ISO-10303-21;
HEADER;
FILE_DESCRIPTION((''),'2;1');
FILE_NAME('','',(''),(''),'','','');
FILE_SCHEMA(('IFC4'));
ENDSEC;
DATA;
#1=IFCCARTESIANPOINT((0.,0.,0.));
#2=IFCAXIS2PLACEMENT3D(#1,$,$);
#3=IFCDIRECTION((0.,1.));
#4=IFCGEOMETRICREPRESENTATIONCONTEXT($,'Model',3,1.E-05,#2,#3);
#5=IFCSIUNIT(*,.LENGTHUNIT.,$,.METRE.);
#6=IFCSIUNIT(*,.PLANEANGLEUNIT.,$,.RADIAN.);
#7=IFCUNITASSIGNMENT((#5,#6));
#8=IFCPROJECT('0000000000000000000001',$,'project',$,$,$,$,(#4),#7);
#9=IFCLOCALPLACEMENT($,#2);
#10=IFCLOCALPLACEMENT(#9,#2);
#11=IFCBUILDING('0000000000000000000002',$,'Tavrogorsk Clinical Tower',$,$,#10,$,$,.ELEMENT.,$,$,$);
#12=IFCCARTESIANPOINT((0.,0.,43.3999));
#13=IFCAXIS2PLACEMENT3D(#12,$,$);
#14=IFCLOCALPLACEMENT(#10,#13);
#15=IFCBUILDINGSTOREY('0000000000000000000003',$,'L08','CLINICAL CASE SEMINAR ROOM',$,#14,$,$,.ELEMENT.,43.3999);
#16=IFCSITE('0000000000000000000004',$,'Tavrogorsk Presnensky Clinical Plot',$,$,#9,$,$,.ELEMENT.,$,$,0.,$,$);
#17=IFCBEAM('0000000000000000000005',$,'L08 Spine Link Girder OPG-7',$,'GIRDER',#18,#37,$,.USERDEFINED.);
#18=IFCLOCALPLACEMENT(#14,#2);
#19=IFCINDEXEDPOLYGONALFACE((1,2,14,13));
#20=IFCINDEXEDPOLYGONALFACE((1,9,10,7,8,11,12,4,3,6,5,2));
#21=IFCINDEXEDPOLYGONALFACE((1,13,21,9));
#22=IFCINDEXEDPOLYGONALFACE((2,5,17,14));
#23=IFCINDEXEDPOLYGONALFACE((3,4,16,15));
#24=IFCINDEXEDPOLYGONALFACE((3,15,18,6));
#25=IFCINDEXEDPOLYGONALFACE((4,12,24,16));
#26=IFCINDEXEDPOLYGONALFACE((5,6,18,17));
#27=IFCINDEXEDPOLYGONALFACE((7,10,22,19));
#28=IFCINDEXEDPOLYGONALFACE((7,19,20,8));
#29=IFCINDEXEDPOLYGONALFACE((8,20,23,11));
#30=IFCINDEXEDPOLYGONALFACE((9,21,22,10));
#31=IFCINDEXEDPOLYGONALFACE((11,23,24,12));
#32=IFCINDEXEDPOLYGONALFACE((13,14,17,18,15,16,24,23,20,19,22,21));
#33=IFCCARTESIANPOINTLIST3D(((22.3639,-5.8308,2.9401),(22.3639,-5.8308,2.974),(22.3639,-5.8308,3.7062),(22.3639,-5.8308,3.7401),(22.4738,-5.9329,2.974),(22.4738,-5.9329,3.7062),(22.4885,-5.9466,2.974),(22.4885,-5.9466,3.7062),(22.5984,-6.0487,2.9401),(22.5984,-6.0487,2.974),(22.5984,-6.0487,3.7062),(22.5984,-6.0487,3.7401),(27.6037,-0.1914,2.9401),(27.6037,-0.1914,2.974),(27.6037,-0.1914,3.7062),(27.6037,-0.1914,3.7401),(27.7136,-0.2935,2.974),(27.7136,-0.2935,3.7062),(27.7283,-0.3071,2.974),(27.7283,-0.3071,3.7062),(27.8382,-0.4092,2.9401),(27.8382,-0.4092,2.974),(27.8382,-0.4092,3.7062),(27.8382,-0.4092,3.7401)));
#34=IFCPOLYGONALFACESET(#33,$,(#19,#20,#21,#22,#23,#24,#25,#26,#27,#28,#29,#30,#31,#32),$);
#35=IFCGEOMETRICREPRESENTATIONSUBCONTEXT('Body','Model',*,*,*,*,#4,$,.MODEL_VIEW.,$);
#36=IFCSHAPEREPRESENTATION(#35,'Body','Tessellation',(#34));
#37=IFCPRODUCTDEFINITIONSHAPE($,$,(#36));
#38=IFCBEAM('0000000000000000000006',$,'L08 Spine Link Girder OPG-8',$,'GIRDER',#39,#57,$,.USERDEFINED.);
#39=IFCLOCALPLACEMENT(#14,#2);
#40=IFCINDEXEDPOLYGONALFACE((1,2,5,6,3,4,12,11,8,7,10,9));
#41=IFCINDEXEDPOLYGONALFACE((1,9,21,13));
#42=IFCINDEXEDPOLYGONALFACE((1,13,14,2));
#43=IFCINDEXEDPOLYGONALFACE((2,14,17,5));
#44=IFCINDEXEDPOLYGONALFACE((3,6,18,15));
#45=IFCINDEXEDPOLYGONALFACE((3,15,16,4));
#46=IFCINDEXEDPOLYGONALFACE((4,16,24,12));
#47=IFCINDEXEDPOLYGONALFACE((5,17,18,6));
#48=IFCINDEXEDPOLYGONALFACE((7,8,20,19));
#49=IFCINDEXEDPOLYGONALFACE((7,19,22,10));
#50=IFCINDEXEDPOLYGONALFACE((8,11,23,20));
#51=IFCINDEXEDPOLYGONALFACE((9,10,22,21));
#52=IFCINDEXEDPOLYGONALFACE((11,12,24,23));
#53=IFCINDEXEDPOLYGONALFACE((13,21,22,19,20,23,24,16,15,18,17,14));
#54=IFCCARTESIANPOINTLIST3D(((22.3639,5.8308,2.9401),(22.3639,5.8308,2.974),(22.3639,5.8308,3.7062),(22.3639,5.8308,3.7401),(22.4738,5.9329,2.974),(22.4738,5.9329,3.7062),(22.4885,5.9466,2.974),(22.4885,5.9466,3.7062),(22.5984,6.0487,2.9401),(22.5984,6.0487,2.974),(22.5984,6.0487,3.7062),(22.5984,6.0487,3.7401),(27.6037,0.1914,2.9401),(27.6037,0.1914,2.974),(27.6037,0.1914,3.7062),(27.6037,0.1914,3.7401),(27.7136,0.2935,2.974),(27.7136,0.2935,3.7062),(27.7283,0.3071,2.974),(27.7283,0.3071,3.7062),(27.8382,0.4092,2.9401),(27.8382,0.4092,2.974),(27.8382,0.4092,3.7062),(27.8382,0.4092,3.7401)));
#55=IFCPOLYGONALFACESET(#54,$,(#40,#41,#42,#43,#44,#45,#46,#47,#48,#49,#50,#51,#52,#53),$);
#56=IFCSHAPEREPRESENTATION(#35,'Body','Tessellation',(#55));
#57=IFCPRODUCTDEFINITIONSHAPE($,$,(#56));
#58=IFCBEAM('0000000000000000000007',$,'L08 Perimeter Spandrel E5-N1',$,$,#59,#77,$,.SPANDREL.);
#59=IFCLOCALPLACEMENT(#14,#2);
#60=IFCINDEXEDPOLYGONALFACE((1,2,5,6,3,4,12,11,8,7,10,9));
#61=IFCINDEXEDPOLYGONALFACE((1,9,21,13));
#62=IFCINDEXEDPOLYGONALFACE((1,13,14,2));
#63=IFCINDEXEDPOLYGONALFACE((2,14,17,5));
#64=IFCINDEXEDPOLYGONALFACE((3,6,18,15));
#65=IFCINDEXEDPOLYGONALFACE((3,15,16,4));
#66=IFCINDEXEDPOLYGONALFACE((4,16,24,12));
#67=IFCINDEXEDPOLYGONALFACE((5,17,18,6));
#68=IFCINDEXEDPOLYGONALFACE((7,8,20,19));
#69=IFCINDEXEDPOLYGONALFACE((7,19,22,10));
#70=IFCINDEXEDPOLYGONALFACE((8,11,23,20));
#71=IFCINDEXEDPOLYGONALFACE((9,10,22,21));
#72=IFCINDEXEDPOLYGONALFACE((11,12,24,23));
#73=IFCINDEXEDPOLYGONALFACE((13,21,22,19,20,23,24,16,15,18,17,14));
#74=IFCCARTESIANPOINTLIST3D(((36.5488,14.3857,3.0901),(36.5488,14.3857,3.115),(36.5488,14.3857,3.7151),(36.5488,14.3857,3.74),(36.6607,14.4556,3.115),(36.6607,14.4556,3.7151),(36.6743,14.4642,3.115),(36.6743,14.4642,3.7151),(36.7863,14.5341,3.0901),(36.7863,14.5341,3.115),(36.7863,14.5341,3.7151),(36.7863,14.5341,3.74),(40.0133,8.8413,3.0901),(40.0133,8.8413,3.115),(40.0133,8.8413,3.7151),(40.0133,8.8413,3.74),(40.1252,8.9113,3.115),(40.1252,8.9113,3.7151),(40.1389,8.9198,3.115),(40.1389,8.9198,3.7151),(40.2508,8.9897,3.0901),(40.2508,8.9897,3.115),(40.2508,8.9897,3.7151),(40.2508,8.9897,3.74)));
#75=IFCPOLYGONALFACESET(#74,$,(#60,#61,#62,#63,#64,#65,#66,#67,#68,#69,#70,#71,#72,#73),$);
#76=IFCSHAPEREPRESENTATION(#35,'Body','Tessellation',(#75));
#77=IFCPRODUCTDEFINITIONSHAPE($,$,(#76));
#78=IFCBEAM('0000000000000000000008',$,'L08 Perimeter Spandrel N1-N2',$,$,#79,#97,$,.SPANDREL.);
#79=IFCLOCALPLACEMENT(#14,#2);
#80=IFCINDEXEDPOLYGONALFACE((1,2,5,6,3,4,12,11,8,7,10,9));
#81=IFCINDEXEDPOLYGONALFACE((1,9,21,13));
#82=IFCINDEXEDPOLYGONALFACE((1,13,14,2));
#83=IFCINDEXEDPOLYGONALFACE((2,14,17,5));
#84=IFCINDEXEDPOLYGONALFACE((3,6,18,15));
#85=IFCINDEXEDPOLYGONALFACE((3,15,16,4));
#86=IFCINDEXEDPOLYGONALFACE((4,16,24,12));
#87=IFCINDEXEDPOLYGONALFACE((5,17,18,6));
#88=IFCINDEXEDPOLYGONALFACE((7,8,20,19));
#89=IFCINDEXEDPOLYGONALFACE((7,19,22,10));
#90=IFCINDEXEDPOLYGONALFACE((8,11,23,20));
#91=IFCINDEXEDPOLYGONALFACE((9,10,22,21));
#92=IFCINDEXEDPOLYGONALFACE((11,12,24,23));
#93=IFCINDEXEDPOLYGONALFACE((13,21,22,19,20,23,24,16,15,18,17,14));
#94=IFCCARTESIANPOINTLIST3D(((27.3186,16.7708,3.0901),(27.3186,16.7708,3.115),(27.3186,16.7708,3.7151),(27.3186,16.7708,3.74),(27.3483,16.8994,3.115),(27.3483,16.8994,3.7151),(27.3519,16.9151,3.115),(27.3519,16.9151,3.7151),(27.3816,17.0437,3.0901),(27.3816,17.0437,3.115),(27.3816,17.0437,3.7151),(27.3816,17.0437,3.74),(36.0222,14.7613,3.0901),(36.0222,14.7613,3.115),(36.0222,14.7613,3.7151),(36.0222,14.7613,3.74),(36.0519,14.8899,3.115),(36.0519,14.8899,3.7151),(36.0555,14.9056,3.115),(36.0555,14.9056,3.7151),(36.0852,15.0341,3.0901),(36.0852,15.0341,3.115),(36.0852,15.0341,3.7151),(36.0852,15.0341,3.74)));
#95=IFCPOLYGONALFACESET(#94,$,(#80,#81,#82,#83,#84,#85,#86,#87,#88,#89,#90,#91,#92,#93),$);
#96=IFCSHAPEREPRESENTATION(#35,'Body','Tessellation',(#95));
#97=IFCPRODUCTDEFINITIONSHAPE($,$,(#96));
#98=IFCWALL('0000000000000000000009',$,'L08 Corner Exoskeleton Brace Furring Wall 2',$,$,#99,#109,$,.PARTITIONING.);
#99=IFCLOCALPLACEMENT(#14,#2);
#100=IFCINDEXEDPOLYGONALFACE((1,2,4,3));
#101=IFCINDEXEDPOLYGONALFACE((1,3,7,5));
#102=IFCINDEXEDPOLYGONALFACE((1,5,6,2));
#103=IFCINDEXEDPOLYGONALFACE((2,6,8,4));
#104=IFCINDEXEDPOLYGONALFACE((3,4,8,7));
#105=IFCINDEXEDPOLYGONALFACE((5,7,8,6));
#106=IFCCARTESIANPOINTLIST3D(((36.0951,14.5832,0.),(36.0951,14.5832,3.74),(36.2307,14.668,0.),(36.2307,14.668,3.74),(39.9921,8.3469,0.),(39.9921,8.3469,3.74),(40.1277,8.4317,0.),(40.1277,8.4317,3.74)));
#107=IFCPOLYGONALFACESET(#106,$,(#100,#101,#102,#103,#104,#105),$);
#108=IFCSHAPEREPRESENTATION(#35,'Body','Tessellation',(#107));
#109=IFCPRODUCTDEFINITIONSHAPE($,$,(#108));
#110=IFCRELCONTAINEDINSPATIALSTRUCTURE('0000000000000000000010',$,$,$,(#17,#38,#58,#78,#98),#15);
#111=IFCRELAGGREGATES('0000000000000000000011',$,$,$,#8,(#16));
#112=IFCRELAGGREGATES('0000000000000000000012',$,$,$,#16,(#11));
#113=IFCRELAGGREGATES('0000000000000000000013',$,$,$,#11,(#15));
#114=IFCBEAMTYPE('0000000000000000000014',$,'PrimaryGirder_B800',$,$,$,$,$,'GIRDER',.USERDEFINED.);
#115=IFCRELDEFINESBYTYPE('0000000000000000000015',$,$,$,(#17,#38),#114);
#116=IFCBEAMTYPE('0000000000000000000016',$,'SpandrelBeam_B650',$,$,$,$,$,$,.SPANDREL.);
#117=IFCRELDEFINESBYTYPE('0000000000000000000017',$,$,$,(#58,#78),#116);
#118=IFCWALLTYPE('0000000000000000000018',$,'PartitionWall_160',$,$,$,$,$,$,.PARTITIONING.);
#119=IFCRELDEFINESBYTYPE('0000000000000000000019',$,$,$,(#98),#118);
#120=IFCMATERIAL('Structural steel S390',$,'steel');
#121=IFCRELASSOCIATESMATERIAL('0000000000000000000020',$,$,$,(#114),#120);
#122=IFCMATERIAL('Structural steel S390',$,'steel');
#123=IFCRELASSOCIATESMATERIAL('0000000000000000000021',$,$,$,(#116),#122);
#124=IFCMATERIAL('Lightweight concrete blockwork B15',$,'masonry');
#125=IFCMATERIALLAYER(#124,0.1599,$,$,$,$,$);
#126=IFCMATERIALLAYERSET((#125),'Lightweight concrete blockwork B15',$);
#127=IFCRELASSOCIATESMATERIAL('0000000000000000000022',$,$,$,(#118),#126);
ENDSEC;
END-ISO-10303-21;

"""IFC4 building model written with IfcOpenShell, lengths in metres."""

from ifc_helpers import new_model, si_unit, direction, frame, frame_2d, origin, origin_2d, place, context, subcontext, project, spatial, rectangle, i_section, extrude, material, layer, layer_set, material_profile, profile_set, type_object, element, save


model = new_model("IFC4")

# Units and contexts
model_context = context("Model", 3, precision=1e-05, world=origin(), true_north=direction((0.0, 1.0)))
body_context = subcontext(model_context, "Body", "Model", "MODEL_VIEW")
ifc_project = project(units=[si_unit("LENGTHUNIT", "METRE"), si_unit("PLANEANGLEUNIT", "RADIAN")], contexts=[model_context])

# Site, building, storey
site_placement = place(None, origin())
site = spatial("IfcSite", under=ifc_project, at=site_placement, Name="Tavrogorsk Presnensky Clinical Plot", CompositionType="ELEMENT", RefElevation=0.0)
building_placement = place(site_placement, origin())
building = spatial("IfcBuilding", under=site, at=building_placement, Name="Tavrogorsk Clinical Tower", CompositionType="ELEMENT")
storey_placement = place(building_placement, frame((0.0, 0.0, 43.3999)))
storey = spatial("IfcBuildingStorey", under=building, at=storey_placement, Name="L08", Description="CLINICAL CASE SEMINAR ROOM", CompositionType="ELEMENT", Elevation=43.3999)

# Beams
ifc_material_1 = material(Name="Structural steel S390", Category="steel")
ifc_material_profile_1 = material_profile(ifc_material_1, i_section(OverallWidth=0.3201, OverallDepth=0.8, WebThickness=0.02, FlangeThickness=0.0339, at=origin_2d()), Name="B-800x320x20x34")
ifc_profile_set_1 = profile_set([ifc_material_profile_1], Name="Structural steel S390")
beam_type_1 = type_object("IfcBeamType", Name="PrimaryGirder_B800", ElementType="GIRDER", PredefinedType="USERDEFINED", material=ifc_profile_set_1)
for number, where, z_axis, x_axis, name in (
    (1, (27.7209, -0.3003, 3.3401), (-0.680671, -0.732589, 0.0), (0.732589, -0.680671, 0.0), "L08 Spine Link Girder OPG-7"),
    (2, (27.7209, 0.3003, 3.3401), (-0.680671, 0.732589, 0.0), (-0.732589, -0.680671, 0.0), "L08 Spine Link Girder OPG-8"),
):
    element("IfcBeam", number, at=place(storey_placement, frame(where, z_axis=z_axis, x_axis=x_axis)), inside=storey, type_object=beam_type_1, Name=name, ObjectType="GIRDER", PredefinedType="USERDEFINED", context=body_context, shape_type="SweptSolid", body=[
        extrude(i_section(OverallWidth=0.3201, OverallDepth=0.8, WebThickness=0.02, FlangeThickness=0.0339, at=origin_2d()), origin(), (0.0, 0.0, 1.0), 7.698),
    ])
ifc_material_2 = material(Name="Structural steel S390", Category="steel")
ifc_material_profile_2 = material_profile(ifc_material_2, i_section(OverallWidth=0.28, OverallDepth=0.6499, WebThickness=0.0161, FlangeThickness=0.0249, at=origin_2d()), Name="B-650x280x16x25")
ifc_profile_set_2 = profile_set([ifc_material_profile_2], Name="Structural steel S390")
beam_type_2 = type_object("IfcBeamType", Name="SpandrelBeam_B650", PredefinedType="SPANDREL", material=ifc_profile_set_2)
beam_1_placement = place(storey_placement, frame((40.1321, 8.9155, 3.415), z_axis=(-0.529925, 0.848044, 0.0), x_axis=(-0.848044, -0.529925, 0.0)))
element("IfcBeam", 3, at=beam_1_placement, inside=storey, type_object=beam_type_2, Name="L08 Perimeter Spandrel E5-N1", PredefinedType="SPANDREL", context=body_context, shape_type="SweptSolid", body=[
    extrude(i_section(OverallWidth=0.28, OverallDepth=0.6499, WebThickness=0.0161, FlangeThickness=0.0249, at=origin_2d()), origin(), (0.0, 0.0, 1.0), 6.5378),
])
beam_2_placement = place(storey_placement, frame((36.0537, 14.8977, 3.415), z_axis=(-0.974367, 0.224965, 0.0), x_axis=(-0.224965, -0.974367, 0.0)))
element("IfcBeam", 4, at=beam_2_placement, inside=storey, type_object=beam_type_2, Name="L08 Perimeter Spandrel N1-N2", PredefinedType="SPANDREL", context=body_context, shape_type="SweptSolid", body=[
    extrude(i_section(OverallWidth=0.28, OverallDepth=0.6499, WebThickness=0.0161, FlangeThickness=0.0249, at=origin_2d()), origin(), (0.0, 0.0, 1.0), 8.9326),
])

# Wall
ifc_material_3 = material(Name="Lightweight concrete blockwork B15", Category="masonry")
ifc_layer_1 = layer(ifc_material_3, 0.1599)
ifc_layer_set_1 = layer_set([ifc_layer_1], Name="Lightweight concrete blockwork B15")
wall_type_1 = type_object("IfcWallType", Name="PartitionWall_160", PredefinedType="PARTITIONING", material=ifc_layer_set_1)
wall_1_placement = place(storey_placement, frame((40.0598, 8.3894, 0.0), z_axis=(0.0, 0.0, 1.0), x_axis=(-0.529927, 0.848043, 0.0)))
element("IfcWall", 5, at=wall_1_placement, inside=storey, type_object=wall_type_1, Name="L08 Corner Exoskeleton Brace Furring Wall 2", PredefinedType="PARTITIONING", context=body_context, shape_type="SweptSolid", body=[
    extrude(rectangle(XDim=7.3538, YDim=0.1599, at=frame_2d((3.6768, 0.0))), origin(), (0.0, 0.0, 1.0), 3.74),
])

save(model, "model.ifc")
